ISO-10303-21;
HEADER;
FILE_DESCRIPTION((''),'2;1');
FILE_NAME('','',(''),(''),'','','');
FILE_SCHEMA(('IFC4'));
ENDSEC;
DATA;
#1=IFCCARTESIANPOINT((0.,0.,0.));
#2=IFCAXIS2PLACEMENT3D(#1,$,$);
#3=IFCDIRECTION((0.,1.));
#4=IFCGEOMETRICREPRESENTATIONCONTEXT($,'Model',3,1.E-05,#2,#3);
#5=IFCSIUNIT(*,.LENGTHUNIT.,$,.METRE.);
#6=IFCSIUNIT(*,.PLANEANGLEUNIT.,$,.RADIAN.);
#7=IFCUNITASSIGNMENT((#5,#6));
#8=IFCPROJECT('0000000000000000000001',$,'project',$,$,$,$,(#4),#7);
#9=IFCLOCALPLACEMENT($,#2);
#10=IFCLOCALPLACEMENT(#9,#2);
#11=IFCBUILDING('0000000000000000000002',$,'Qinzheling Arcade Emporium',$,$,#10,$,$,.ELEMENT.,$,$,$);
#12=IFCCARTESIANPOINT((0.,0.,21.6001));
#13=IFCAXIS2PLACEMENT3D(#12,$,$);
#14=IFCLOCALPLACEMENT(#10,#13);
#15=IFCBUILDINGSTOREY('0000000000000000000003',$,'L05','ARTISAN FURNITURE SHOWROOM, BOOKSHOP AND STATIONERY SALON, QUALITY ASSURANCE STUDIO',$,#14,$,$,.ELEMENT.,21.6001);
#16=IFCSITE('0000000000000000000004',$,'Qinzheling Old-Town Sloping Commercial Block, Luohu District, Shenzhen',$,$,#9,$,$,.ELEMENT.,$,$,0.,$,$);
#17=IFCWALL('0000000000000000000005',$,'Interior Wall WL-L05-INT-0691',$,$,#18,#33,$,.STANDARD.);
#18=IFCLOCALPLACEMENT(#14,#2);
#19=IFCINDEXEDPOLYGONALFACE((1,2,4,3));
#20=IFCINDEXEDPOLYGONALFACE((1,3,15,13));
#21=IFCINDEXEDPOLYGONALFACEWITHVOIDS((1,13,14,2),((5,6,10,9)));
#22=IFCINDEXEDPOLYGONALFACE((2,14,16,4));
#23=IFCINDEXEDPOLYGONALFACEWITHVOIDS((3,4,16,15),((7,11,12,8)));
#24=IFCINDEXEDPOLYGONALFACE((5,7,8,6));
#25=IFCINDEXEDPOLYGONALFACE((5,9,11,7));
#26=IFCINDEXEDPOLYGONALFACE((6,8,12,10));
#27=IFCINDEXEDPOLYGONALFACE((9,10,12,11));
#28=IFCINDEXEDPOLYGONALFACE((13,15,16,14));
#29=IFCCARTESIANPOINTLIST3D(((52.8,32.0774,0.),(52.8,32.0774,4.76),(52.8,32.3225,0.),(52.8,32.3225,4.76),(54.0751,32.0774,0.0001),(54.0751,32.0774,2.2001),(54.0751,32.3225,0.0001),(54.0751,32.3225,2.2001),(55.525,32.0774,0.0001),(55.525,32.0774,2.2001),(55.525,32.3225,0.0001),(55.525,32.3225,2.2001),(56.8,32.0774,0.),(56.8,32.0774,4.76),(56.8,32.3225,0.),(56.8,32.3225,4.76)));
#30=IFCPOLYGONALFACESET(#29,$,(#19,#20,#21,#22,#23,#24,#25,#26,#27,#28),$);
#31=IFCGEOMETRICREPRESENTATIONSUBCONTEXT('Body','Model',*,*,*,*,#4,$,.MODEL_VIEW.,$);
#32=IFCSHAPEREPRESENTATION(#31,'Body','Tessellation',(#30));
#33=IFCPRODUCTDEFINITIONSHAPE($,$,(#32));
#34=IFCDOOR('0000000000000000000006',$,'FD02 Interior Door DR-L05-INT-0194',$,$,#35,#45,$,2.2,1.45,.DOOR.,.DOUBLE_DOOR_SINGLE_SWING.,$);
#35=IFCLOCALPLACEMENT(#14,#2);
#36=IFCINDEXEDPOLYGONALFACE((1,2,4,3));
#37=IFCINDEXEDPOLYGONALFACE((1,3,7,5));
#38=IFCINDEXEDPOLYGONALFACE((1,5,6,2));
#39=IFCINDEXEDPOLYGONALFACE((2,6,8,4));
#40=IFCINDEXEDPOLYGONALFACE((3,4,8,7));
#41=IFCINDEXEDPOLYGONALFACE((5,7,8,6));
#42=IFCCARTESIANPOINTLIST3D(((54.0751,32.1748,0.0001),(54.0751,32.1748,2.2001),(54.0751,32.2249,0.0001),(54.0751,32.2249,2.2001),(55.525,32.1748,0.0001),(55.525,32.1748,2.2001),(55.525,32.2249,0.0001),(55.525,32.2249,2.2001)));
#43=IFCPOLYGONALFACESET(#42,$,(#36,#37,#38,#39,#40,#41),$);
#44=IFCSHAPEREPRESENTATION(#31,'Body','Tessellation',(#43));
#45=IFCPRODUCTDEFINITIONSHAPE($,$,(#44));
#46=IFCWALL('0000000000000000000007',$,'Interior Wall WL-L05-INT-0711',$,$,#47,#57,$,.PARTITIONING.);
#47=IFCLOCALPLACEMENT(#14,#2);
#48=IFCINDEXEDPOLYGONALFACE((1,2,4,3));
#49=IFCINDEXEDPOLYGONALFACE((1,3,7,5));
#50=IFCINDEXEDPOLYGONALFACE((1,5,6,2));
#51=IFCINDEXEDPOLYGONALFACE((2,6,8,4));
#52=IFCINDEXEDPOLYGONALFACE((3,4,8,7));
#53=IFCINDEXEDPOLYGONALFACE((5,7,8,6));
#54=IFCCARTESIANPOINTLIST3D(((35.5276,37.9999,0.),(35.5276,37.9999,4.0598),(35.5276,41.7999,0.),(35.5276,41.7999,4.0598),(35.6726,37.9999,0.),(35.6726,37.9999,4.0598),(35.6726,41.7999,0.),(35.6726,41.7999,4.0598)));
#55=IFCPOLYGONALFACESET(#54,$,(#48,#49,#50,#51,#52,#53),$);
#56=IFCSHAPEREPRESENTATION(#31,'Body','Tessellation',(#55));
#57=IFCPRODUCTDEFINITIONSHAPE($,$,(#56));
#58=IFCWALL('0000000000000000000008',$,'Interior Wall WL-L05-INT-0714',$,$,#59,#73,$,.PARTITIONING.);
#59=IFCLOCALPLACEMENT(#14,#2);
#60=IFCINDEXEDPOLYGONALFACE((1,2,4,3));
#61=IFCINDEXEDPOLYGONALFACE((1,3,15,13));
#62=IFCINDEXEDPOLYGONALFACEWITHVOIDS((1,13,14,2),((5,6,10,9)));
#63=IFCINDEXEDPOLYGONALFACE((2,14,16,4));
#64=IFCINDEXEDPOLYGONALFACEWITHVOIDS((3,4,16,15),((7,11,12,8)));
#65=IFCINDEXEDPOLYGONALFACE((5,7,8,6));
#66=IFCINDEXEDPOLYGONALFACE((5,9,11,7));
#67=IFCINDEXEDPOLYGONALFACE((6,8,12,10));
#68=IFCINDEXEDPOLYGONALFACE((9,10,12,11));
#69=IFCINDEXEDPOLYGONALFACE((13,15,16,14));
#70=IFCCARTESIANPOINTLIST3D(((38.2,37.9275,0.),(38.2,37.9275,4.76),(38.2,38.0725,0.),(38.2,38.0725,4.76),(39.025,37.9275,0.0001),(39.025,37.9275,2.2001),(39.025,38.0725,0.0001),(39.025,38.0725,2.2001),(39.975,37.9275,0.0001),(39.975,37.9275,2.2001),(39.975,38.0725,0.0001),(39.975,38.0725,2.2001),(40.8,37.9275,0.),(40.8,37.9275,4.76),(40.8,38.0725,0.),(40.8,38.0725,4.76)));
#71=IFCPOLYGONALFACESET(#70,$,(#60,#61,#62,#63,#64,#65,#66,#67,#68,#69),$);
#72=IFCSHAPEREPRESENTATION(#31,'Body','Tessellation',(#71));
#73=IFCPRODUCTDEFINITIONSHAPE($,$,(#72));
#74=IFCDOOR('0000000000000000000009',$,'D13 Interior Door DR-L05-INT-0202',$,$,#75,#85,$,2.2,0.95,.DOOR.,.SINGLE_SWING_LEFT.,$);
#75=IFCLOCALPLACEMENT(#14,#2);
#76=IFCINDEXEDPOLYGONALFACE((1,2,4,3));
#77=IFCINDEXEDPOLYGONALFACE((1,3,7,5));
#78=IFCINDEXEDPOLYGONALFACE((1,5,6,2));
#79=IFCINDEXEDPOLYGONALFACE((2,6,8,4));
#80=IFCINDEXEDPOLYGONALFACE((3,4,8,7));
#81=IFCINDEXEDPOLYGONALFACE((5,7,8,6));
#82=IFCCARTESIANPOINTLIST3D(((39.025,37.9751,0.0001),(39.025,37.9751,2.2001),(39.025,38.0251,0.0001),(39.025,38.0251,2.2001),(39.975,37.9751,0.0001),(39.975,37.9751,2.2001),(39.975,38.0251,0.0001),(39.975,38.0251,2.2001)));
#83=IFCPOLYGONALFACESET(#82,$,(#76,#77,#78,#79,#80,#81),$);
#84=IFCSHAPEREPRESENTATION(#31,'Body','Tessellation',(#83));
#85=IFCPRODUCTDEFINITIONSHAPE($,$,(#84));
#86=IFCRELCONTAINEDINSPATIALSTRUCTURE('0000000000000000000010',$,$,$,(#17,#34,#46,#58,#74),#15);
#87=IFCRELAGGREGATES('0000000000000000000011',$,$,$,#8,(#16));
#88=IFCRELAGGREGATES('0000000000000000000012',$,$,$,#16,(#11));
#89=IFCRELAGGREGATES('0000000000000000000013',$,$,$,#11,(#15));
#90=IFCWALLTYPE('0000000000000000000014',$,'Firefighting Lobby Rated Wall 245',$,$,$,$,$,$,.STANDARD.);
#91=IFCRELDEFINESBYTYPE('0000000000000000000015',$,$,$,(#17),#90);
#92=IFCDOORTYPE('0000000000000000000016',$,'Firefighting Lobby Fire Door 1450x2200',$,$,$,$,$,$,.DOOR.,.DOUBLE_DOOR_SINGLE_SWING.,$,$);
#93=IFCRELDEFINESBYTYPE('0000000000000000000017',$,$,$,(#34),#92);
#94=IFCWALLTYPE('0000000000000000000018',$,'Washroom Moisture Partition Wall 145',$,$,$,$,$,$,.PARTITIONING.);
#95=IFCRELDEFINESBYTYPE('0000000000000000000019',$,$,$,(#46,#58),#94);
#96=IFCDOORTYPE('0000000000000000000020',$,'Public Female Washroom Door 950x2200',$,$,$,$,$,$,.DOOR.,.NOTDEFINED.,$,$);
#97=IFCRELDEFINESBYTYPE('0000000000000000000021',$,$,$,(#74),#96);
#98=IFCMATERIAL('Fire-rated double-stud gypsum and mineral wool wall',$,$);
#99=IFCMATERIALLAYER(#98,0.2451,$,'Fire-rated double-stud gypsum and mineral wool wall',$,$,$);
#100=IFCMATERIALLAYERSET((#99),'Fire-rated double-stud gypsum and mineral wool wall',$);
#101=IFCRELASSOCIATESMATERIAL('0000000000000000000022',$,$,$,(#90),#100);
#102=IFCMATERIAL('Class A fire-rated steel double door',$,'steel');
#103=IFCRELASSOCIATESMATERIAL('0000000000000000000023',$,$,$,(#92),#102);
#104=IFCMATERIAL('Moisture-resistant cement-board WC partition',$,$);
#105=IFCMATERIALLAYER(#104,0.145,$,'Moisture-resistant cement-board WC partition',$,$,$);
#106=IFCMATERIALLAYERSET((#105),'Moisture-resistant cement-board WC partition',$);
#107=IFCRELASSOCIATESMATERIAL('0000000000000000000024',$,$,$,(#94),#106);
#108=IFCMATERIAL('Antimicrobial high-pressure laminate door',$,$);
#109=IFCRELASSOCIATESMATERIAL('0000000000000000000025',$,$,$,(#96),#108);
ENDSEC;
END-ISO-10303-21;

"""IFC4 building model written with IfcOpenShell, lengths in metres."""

from ifc_helpers import new_model, si_unit, direction, frame, frame_2d, origin, place, context, subcontext, project, spatial, rectangle, extrude, material, layer, layer_set, type_object, element, fill, save


model = new_model("IFC4")

# Units and contexts
model_context = context("Model", 3, precision=1e-05, world=origin(), true_north=direction((0.0, 1.0)))
body_context = subcontext(model_context, "Body", "Model", "MODEL_VIEW")
ifc_project = project(units=[si_unit("LENGTHUNIT", "METRE"), si_unit("PLANEANGLEUNIT", "RADIAN")], contexts=[model_context])

# Site, building, storey
site_placement = place(None, origin())
site = spatial("IfcSite", under=ifc_project, at=site_placement, Name="Qinzheling Old-Town Sloping Commercial Block, Luohu District, Shenzhen", CompositionType="ELEMENT", RefElevation=0.0)
building_placement = place(site_placement, origin())
building = spatial("IfcBuilding", under=site, at=building_placement, Name="Qinzheling Arcade Emporium", CompositionType="ELEMENT")
storey_placement = place(building_placement, frame((0.0, 0.0, 21.6001)))
storey = spatial("IfcBuildingStorey", under=building, at=storey_placement, Name="L05", Description="ARTISAN FURNITURE SHOWROOM, BOOKSHOP AND STATIONERY SALON, QUALITY ASSURANCE STUDIO", CompositionType="ELEMENT", Elevation=21.6001)

# Wall, opening, door
ifc_material_1 = material(Name="Fire-rated double-stud gypsum and mineral wool wall")
ifc_layer_1 = layer(ifc_material_1, 0.2451, Name="Fire-rated double-stud gypsum and mineral wool wall")
ifc_layer_set_1 = layer_set([ifc_layer_1], Name="Fire-rated double-stud gypsum and mineral wool wall")
wall_type_1 = type_object("IfcWallType", Name="Firefighting Lobby Rated Wall 245", PredefinedType="STANDARD", material=ifc_layer_set_1)
wall_1_placement = place(storey_placement, frame((52.8, 32.2, 0.0), z_axis=(0.0, 0.0, 1.0), x_axis=(1.0, 0.0, 0.0)))
wall_1 = element("IfcWall", 1, at=wall_1_placement, inside=storey, type_object=wall_type_1, Name="Interior Wall WL-L05-INT-0691", PredefinedType="STANDARD", context=body_context, shape_type="SweptSolid", body=[
    extrude(rectangle(XDim=4.0, YDim=0.2451, at=frame_2d((2.0, 0.0))), origin(), (0.0, 0.0, 1.0), 4.76),
])
opening_1_placement = place(wall_1_placement, frame((1.2749, 0.0, 0.0)))
opening_1 = element("IfcOpeningElement", 2, at=opening_1_placement, cuts=wall_1, PredefinedType="OPENING", context=body_context, shape_type="SweptSolid", body=[
    extrude(rectangle(XDim=1.45, YDim=2.2, at=frame_2d((0.7251, 1.1001))), frame((0.0, 0.1326, 0.0), z_axis=(0.0, -1.0, 0.0), x_axis=(1.0, 0.0, 0.0)), (0.0, 0.0, 1.0), 0.2651),
])
ifc_material_2 = material(Name="Class A fire-rated steel double door", Category="steel")
door_type_1 = type_object("IfcDoorType", Name="Firefighting Lobby Fire Door 1450x2200", OperationType="DOUBLE_DOOR_SINGLE_SWING", PredefinedType="DOOR", material=ifc_material_2)
door_1_placement = place(opening_1_placement, origin())
door_1 = element("IfcDoor", 3, at=door_1_placement, inside=storey, type_object=door_type_1, Name="FD02 Interior Door DR-L05-INT-0194", OperationType="DOUBLE_DOOR_SINGLE_SWING", OverallHeight=2.2, OverallWidth=1.45, PredefinedType="DOOR", context=body_context, shape_type="SweptSolid", body=[
    extrude(rectangle(XDim=1.45, YDim=2.2, at=frame_2d((0.7251, 1.1001))), frame((0.0, 0.0249, 0.0), z_axis=(0.0, -1.0, 0.0), x_axis=(1.0, 0.0, 0.0)), (0.0, 0.0, 1.0), 0.05),
])
fill(opening_1, door_1)
ifc_material_3 = material(Name="Moisture-resistant cement-board WC partition")
ifc_layer_2 = layer(ifc_material_3, 0.145, Name="Moisture-resistant cement-board WC partition")
ifc_layer_set_2 = layer_set([ifc_layer_2], Name="Moisture-resistant cement-board WC partition")
wall_type_2 = type_object("IfcWallType", Name="Washroom Moisture Partition Wall 145", PredefinedType="PARTITIONING", material=ifc_layer_set_2)
ifc_material_4 = material(Name="Antimicrobial high-pressure laminate door")

# Wall
wall_2_placement = place(storey_placement, frame((35.6001, 38.0, 0.0), z_axis=(0.0, 0.0, 1.0), x_axis=(0.0, 1.0, 0.0)))
element("IfcWall", 4, at=wall_2_placement, inside=storey, type_object=wall_type_2, Name="Interior Wall WL-L05-INT-0711", PredefinedType="PARTITIONING", context=body_context, shape_type="SweptSolid", body=[
    extrude(rectangle(XDim=3.8, YDim=0.145, at=frame_2d((1.8999, 0.0))), origin(), (0.0, 0.0, 1.0), 4.0598),
])

# Wall, opening, door
wall_3_placement = place(storey_placement, frame((40.8, 38.0, 0.0), z_axis=(0.0, 0.0, 1.0), x_axis=(-1.0, 0.0, 0.0)))
wall_3 = element("IfcWall", 5, at=wall_3_placement, inside=storey, type_object=wall_type_2, Name="Interior Wall WL-L05-INT-0714", PredefinedType="PARTITIONING", context=body_context, shape_type="SweptSolid", body=[
    extrude(rectangle(XDim=2.6001, YDim=0.145, at=frame_2d((1.3, 0.0))), origin(), (0.0, 0.0, 1.0), 4.76),
])
opening_2_placement = place(wall_3_placement, frame((0.825, 0.0, 0.0)))
opening_2 = element("IfcOpeningElement", 6, at=opening_2_placement, cuts=wall_3, PredefinedType="OPENING", context=body_context, shape_type="SweptSolid", body=[
    extrude(rectangle(XDim=0.95, YDim=2.2, at=frame_2d((0.4751, 1.1001))), frame((0.0, 0.0825, 0.0), z_axis=(0.0, -1.0, 0.0), x_axis=(1.0, 0.0, 0.0)), (0.0, 0.0, 1.0), 0.165),
])
door_type_2 = type_object("IfcDoorType", Name="Public Female Washroom Door 950x2200", OperationType="NOTDEFINED", PredefinedType="DOOR", material=ifc_material_4)
door_2_placement = place(opening_2_placement, origin())
door_2 = element("IfcDoor", 7, at=door_2_placement, inside=storey, type_object=door_type_2, Name="D13 Interior Door DR-L05-INT-0202", OperationType="SINGLE_SWING_LEFT", OverallHeight=2.2, OverallWidth=0.95, PredefinedType="DOOR", context=body_context, shape_type="SweptSolid", body=[
    extrude(rectangle(XDim=0.95, YDim=2.2, at=frame_2d((0.4751, 1.1001))), frame((0.0, 0.0249, 0.0), z_axis=(0.0, -1.0, 0.0), x_axis=(1.0, 0.0, 0.0)), (0.0, 0.0, 1.0), 0.05),
])
fill(opening_2, door_2)

save(model, "model.ifc")
